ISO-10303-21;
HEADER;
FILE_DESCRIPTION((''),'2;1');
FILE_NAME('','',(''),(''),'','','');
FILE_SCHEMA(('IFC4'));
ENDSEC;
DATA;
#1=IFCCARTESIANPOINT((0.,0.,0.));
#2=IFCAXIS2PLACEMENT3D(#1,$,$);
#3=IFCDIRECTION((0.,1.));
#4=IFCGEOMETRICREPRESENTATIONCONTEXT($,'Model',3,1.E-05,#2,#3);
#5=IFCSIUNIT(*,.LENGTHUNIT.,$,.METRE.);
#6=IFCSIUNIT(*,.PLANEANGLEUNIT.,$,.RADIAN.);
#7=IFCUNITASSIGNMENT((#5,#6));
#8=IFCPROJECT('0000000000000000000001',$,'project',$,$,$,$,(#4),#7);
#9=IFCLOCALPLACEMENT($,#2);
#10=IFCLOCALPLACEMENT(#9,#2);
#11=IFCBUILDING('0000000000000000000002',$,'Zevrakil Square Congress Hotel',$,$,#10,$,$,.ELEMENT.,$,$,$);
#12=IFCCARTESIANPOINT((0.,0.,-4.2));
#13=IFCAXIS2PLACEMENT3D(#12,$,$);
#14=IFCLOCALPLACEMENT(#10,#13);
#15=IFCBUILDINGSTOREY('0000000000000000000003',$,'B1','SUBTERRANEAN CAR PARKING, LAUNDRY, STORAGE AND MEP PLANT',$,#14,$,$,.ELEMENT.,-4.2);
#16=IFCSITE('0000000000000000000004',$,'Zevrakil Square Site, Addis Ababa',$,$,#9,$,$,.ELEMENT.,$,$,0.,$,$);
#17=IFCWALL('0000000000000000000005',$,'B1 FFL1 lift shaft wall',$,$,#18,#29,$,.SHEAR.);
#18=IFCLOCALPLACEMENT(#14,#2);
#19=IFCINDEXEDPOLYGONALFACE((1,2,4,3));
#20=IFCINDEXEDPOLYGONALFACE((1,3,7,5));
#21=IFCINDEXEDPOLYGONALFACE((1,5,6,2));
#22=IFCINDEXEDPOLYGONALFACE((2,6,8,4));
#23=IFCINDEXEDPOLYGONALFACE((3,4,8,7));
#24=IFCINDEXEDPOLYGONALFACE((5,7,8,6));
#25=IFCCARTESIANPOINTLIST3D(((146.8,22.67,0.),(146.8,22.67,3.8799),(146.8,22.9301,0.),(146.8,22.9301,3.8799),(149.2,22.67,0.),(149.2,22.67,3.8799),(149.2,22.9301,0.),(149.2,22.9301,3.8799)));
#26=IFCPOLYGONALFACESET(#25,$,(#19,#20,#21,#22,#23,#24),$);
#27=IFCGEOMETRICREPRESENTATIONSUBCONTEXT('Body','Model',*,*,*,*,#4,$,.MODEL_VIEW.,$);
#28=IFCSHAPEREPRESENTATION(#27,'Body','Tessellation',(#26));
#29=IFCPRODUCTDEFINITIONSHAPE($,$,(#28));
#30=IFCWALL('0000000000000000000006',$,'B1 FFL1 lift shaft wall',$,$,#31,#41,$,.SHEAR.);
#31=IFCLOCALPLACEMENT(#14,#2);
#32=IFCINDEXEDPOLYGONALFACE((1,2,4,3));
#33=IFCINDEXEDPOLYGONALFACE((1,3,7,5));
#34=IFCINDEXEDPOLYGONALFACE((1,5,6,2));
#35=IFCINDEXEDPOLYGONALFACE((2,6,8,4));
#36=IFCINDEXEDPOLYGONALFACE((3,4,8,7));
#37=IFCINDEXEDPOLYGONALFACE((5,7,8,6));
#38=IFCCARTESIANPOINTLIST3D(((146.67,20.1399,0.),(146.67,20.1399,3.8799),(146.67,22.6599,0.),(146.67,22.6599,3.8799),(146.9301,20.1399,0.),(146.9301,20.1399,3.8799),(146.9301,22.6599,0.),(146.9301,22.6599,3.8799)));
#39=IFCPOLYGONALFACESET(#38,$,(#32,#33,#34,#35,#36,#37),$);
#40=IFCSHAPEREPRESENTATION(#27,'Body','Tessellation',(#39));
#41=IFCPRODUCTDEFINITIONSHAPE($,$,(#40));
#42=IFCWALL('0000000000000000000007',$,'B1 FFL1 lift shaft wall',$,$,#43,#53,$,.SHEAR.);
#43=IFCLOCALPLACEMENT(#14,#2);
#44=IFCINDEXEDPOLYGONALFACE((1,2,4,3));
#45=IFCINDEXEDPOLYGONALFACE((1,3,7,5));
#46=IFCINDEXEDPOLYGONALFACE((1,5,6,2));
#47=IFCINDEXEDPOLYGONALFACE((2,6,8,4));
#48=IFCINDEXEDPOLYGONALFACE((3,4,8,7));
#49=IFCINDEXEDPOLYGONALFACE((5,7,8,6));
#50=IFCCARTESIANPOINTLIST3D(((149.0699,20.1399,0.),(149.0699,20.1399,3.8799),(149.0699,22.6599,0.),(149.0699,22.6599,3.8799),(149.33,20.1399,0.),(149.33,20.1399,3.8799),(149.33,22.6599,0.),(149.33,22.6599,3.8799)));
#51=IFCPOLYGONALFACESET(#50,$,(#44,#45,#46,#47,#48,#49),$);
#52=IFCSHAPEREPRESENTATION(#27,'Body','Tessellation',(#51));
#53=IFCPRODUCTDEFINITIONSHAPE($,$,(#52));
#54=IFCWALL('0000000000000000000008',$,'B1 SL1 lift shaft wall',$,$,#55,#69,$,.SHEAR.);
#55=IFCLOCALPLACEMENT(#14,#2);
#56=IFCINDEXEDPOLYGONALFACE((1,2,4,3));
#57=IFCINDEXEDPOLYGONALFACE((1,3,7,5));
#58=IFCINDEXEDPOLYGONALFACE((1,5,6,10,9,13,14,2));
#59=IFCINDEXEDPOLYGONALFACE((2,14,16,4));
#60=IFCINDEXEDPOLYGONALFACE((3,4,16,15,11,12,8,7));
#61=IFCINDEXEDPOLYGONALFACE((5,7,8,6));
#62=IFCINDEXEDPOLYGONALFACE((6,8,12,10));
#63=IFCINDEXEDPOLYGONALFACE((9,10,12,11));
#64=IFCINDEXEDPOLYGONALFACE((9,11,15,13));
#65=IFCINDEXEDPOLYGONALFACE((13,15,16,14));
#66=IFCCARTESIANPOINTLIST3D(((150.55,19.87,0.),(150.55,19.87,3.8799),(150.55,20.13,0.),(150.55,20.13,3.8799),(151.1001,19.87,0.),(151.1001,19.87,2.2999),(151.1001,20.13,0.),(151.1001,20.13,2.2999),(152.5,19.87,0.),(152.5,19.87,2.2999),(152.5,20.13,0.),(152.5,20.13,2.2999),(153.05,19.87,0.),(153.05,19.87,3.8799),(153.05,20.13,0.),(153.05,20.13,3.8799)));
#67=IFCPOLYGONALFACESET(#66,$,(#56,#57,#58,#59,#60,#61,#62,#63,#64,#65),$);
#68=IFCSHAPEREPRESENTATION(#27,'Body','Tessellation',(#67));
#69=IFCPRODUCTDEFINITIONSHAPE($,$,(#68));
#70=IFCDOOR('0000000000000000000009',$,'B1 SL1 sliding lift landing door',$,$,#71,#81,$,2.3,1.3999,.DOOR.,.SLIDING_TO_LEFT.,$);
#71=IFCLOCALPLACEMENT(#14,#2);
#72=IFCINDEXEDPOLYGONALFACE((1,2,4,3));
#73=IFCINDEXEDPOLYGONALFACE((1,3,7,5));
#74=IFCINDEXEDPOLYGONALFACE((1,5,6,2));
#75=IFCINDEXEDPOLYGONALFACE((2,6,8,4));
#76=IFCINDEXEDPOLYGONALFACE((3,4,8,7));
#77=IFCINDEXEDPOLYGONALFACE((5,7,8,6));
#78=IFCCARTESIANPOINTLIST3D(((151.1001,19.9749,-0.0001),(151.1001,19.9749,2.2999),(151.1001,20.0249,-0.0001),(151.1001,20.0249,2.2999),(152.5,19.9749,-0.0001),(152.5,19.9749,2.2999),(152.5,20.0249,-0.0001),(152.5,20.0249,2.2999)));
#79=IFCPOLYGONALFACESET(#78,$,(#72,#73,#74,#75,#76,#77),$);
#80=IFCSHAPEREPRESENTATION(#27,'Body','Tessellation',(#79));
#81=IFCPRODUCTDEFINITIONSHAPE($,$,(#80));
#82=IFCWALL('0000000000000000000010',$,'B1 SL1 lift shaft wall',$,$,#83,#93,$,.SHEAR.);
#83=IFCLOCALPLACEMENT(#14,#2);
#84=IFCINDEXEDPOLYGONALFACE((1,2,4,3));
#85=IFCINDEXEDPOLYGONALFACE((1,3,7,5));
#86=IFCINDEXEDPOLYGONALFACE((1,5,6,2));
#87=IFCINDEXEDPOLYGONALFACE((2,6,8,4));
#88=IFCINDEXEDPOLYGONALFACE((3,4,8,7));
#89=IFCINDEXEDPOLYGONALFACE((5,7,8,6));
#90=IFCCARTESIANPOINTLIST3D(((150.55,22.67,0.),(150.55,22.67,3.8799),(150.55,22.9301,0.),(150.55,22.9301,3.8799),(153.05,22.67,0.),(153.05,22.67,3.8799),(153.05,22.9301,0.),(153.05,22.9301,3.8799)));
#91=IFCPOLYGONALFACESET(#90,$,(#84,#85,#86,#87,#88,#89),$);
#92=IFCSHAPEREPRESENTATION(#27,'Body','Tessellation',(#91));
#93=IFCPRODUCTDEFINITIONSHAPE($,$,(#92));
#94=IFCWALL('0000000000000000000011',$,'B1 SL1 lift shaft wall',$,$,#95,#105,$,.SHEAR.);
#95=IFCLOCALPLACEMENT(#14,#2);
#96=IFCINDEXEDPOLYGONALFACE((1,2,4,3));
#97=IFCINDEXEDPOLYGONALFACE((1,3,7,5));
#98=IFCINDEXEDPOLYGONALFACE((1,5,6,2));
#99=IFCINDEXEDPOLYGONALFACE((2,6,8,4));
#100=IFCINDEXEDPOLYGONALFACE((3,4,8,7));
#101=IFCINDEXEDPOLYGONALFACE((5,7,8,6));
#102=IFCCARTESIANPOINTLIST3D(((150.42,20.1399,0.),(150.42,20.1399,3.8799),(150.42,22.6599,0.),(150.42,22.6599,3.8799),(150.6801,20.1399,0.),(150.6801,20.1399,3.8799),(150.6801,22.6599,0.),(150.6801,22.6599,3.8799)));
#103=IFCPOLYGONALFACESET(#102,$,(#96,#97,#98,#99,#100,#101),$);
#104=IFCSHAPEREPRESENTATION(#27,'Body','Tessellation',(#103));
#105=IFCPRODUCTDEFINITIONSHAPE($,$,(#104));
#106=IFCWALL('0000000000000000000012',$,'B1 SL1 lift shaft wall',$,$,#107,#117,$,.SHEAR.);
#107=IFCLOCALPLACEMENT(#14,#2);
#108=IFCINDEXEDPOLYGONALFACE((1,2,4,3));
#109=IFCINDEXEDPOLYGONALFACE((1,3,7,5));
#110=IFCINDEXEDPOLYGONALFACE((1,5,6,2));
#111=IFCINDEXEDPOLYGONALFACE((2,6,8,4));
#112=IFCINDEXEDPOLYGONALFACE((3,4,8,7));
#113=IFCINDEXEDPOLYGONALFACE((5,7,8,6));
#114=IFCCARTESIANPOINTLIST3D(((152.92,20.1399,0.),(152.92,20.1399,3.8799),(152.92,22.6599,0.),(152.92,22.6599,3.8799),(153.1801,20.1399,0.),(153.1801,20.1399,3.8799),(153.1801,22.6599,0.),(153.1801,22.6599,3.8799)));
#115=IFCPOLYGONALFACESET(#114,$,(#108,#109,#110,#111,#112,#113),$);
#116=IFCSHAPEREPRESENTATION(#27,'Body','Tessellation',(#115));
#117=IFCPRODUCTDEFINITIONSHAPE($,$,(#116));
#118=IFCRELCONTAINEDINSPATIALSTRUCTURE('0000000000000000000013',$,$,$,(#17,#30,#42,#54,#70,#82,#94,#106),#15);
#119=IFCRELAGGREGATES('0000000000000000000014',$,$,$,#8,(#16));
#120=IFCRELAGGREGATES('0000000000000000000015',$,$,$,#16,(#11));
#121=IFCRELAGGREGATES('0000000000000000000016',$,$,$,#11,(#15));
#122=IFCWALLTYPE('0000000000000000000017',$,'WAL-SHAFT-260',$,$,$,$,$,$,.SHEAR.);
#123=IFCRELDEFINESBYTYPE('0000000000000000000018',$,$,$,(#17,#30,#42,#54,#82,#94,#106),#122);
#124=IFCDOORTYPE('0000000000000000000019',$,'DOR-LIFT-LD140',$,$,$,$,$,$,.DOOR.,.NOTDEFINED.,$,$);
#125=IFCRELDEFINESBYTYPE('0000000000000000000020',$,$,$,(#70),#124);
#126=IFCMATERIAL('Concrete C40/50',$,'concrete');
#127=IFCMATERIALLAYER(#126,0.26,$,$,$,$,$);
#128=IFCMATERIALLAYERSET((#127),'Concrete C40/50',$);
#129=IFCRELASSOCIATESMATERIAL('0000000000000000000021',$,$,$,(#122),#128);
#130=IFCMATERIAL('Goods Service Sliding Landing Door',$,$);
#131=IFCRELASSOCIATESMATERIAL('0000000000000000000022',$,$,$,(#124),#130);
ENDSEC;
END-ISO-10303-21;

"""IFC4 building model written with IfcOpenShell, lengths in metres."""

from ifc_helpers import new_model, si_unit, direction, frame, frame_2d, origin, place, context, subcontext, project, spatial, rectangle, extrude, material, layer, layer_set, type_object, element, fill, save


model = new_model("IFC4")

# Units and contexts
model_context = context("Model", 3, precision=1e-05, world=origin(), true_north=direction((0.0, 1.0)))
body_context = subcontext(model_context, "Body", "Model", "MODEL_VIEW")
ifc_project = project(units=[si_unit("LENGTHUNIT", "METRE"), si_unit("PLANEANGLEUNIT", "RADIAN")], contexts=[model_context])

# Site, building, storey
site_placement = place(None, origin())
site = spatial("IfcSite", under=ifc_project, at=site_placement, Name="Zevrakil Square Site, Addis Ababa", CompositionType="ELEMENT", RefElevation=0.0)
building_placement = place(site_placement, origin())
building = spatial("IfcBuilding", under=site, at=building_placement, Name="Zevrakil Square Congress Hotel", CompositionType="ELEMENT")
storey_placement = place(building_placement, frame((0.0, 0.0, -4.2)))
storey = spatial("IfcBuildingStorey", under=building, at=storey_placement, Name="B1", Description="SUBTERRANEAN CAR PARKING, LAUNDRY, STORAGE AND MEP PLANT", CompositionType="ELEMENT", Elevation=-4.2)

# Shared definitions
ifc_material_1 = material(Name="Concrete C40/50", Category="concrete")
ifc_layer_1 = layer(ifc_material_1, 0.26)
ifc_layer_set_1 = layer_set([ifc_layer_1], Name="Concrete C40/50")
wall_type_1 = type_object("IfcWallType", Name="WAL-SHAFT-260", PredefinedType="SHEAR", material=ifc_layer_set_1)

# Walls
wall_1_placement = place(storey_placement, frame((146.8, 22.8, 0.0), z_axis=(0.0, 0.0, 1.0), x_axis=(1.0, 0.0, 0.0)))
element("IfcWall", 1, at=wall_1_placement, inside=storey, type_object=wall_type_1, Name="B1 FFL1 lift shaft wall", PredefinedType="SHEAR", context=body_context, shape_type="SweptSolid", body=[
    extrude(rectangle(XDim=2.3999, YDim=0.26, at=frame_2d((1.2, 0.0))), origin(), (0.0, 0.0, 1.0), 3.8799),
])
for number, where, z_axis, x_axis, name in (
    (2, (146.8, 20.1399, 0.0), (0.0, 0.0, 1.0), (0.0, 1.0, 0.0), "B1 FFL1 lift shaft wall"),
    (3, (149.2, 20.1399, 0.0), (0.0, 0.0, 1.0), (0.0, 1.0, 0.0), "B1 FFL1 lift shaft wall"),
):
    element("IfcWall", number, at=place(storey_placement, frame(where, z_axis=z_axis, x_axis=x_axis)), inside=storey, type_object=wall_type_1, Name=name, PredefinedType="SHEAR", context=body_context, shape_type="SweptSolid", body=[
        extrude(rectangle(XDim=2.52, YDim=0.26, at=frame_2d((1.26, 0.0))), origin(), (0.0, 0.0, 1.0), 3.8799),
    ])

# Wall, opening, door
wall_2_placement = place(storey_placement, frame((150.55, 20.0, 0.0), z_axis=(0.0, 0.0, 1.0), x_axis=(1.0, 0.0, 0.0)))
wall_2 = element("IfcWall", 4, at=wall_2_placement, inside=storey, type_object=wall_type_1, Name="B1 SL1 lift shaft wall", PredefinedType="SHEAR", context=body_context, shape_type="SweptSolid", body=[
    extrude(rectangle(XDim=2.5, YDim=0.26, at=frame_2d((1.25, 0.0))), origin(), (0.0, 0.0, 1.0), 3.8799),
])
opening_1_placement = place(wall_2_placement, frame((0.55, 0.0, 0.0)))
opening_1 = element("IfcOpeningElement", 5, at=opening_1_placement, cuts=wall_2, PredefinedType="OPENING", context=body_context, shape_type="SweptSolid", body=[
    extrude(rectangle(XDim=1.3999, YDim=2.3, at=frame_2d((0.7, 1.1499))), frame((0.0, 0.1401, 0.0), z_axis=(0.0, -1.0, 0.0), x_axis=(1.0, 0.0, 0.0)), (0.0, 0.0, 1.0), 0.28),
])
ifc_material_2 = material(Name="Goods Service Sliding Landing Door")
door_type_1 = type_object("IfcDoorType", Name="DOR-LIFT-LD140", OperationType="NOTDEFINED", PredefinedType="DOOR", material=ifc_material_2)
door_1_placement = place(opening_1_placement, origin())
door_1 = element("IfcDoor", 6, at=door_1_placement, inside=storey, type_object=door_type_1, Name="B1 SL1 sliding lift landing door", OperationType="SLIDING_TO_LEFT", OverallHeight=2.3, OverallWidth=1.3999, PredefinedType="DOOR", context=body_context, shape_type="SweptSolid", body=[
    extrude(rectangle(XDim=1.3999, YDim=2.3, at=frame_2d((0.7, 1.1499))), frame((0.0, 0.0249, 0.0), z_axis=(0.0, -1.0, 0.0), x_axis=(1.0, 0.0, 0.0)), (0.0, 0.0, 1.0), 0.05),
])
fill(opening_1, door_1)

# Walls
wall_3_placement = place(storey_placement, frame((150.55, 22.8, 0.0), z_axis=(0.0, 0.0, 1.0), x_axis=(1.0, 0.0, 0.0)))
element("IfcWall", 7, at=wall_3_placement, inside=storey, type_object=wall_type_1, Name="B1 SL1 lift shaft wall", PredefinedType="SHEAR", context=body_context, shape_type="SweptSolid", body=[
    extrude(rectangle(XDim=2.5, YDim=0.26, at=frame_2d((1.25, 0.0))), origin(), (0.0, 0.0, 1.0), 3.8799),
])
for number, where, z_axis, x_axis, name in (
    (8, (150.55, 20.1399, 0.0), (0.0, 0.0, 1.0), (0.0, 1.0, 0.0), "B1 SL1 lift shaft wall"),
    (9, (153.05, 20.1399, 0.0), (0.0, 0.0, 1.0), (0.0, 1.0, 0.0), "B1 SL1 lift shaft wall"),
):
    element("IfcWall", number, at=place(storey_placement, frame(where, z_axis=z_axis, x_axis=x_axis)), inside=storey, type_object=wall_type_1, Name=name, PredefinedType="SHEAR", context=body_context, shape_type="SweptSolid", body=[
        extrude(rectangle(XDim=2.52, YDim=0.26, at=frame_2d((1.26, 0.0))), origin(), (0.0, 0.0, 1.0), 3.8799),
    ])

save(model, "model.ifc")
